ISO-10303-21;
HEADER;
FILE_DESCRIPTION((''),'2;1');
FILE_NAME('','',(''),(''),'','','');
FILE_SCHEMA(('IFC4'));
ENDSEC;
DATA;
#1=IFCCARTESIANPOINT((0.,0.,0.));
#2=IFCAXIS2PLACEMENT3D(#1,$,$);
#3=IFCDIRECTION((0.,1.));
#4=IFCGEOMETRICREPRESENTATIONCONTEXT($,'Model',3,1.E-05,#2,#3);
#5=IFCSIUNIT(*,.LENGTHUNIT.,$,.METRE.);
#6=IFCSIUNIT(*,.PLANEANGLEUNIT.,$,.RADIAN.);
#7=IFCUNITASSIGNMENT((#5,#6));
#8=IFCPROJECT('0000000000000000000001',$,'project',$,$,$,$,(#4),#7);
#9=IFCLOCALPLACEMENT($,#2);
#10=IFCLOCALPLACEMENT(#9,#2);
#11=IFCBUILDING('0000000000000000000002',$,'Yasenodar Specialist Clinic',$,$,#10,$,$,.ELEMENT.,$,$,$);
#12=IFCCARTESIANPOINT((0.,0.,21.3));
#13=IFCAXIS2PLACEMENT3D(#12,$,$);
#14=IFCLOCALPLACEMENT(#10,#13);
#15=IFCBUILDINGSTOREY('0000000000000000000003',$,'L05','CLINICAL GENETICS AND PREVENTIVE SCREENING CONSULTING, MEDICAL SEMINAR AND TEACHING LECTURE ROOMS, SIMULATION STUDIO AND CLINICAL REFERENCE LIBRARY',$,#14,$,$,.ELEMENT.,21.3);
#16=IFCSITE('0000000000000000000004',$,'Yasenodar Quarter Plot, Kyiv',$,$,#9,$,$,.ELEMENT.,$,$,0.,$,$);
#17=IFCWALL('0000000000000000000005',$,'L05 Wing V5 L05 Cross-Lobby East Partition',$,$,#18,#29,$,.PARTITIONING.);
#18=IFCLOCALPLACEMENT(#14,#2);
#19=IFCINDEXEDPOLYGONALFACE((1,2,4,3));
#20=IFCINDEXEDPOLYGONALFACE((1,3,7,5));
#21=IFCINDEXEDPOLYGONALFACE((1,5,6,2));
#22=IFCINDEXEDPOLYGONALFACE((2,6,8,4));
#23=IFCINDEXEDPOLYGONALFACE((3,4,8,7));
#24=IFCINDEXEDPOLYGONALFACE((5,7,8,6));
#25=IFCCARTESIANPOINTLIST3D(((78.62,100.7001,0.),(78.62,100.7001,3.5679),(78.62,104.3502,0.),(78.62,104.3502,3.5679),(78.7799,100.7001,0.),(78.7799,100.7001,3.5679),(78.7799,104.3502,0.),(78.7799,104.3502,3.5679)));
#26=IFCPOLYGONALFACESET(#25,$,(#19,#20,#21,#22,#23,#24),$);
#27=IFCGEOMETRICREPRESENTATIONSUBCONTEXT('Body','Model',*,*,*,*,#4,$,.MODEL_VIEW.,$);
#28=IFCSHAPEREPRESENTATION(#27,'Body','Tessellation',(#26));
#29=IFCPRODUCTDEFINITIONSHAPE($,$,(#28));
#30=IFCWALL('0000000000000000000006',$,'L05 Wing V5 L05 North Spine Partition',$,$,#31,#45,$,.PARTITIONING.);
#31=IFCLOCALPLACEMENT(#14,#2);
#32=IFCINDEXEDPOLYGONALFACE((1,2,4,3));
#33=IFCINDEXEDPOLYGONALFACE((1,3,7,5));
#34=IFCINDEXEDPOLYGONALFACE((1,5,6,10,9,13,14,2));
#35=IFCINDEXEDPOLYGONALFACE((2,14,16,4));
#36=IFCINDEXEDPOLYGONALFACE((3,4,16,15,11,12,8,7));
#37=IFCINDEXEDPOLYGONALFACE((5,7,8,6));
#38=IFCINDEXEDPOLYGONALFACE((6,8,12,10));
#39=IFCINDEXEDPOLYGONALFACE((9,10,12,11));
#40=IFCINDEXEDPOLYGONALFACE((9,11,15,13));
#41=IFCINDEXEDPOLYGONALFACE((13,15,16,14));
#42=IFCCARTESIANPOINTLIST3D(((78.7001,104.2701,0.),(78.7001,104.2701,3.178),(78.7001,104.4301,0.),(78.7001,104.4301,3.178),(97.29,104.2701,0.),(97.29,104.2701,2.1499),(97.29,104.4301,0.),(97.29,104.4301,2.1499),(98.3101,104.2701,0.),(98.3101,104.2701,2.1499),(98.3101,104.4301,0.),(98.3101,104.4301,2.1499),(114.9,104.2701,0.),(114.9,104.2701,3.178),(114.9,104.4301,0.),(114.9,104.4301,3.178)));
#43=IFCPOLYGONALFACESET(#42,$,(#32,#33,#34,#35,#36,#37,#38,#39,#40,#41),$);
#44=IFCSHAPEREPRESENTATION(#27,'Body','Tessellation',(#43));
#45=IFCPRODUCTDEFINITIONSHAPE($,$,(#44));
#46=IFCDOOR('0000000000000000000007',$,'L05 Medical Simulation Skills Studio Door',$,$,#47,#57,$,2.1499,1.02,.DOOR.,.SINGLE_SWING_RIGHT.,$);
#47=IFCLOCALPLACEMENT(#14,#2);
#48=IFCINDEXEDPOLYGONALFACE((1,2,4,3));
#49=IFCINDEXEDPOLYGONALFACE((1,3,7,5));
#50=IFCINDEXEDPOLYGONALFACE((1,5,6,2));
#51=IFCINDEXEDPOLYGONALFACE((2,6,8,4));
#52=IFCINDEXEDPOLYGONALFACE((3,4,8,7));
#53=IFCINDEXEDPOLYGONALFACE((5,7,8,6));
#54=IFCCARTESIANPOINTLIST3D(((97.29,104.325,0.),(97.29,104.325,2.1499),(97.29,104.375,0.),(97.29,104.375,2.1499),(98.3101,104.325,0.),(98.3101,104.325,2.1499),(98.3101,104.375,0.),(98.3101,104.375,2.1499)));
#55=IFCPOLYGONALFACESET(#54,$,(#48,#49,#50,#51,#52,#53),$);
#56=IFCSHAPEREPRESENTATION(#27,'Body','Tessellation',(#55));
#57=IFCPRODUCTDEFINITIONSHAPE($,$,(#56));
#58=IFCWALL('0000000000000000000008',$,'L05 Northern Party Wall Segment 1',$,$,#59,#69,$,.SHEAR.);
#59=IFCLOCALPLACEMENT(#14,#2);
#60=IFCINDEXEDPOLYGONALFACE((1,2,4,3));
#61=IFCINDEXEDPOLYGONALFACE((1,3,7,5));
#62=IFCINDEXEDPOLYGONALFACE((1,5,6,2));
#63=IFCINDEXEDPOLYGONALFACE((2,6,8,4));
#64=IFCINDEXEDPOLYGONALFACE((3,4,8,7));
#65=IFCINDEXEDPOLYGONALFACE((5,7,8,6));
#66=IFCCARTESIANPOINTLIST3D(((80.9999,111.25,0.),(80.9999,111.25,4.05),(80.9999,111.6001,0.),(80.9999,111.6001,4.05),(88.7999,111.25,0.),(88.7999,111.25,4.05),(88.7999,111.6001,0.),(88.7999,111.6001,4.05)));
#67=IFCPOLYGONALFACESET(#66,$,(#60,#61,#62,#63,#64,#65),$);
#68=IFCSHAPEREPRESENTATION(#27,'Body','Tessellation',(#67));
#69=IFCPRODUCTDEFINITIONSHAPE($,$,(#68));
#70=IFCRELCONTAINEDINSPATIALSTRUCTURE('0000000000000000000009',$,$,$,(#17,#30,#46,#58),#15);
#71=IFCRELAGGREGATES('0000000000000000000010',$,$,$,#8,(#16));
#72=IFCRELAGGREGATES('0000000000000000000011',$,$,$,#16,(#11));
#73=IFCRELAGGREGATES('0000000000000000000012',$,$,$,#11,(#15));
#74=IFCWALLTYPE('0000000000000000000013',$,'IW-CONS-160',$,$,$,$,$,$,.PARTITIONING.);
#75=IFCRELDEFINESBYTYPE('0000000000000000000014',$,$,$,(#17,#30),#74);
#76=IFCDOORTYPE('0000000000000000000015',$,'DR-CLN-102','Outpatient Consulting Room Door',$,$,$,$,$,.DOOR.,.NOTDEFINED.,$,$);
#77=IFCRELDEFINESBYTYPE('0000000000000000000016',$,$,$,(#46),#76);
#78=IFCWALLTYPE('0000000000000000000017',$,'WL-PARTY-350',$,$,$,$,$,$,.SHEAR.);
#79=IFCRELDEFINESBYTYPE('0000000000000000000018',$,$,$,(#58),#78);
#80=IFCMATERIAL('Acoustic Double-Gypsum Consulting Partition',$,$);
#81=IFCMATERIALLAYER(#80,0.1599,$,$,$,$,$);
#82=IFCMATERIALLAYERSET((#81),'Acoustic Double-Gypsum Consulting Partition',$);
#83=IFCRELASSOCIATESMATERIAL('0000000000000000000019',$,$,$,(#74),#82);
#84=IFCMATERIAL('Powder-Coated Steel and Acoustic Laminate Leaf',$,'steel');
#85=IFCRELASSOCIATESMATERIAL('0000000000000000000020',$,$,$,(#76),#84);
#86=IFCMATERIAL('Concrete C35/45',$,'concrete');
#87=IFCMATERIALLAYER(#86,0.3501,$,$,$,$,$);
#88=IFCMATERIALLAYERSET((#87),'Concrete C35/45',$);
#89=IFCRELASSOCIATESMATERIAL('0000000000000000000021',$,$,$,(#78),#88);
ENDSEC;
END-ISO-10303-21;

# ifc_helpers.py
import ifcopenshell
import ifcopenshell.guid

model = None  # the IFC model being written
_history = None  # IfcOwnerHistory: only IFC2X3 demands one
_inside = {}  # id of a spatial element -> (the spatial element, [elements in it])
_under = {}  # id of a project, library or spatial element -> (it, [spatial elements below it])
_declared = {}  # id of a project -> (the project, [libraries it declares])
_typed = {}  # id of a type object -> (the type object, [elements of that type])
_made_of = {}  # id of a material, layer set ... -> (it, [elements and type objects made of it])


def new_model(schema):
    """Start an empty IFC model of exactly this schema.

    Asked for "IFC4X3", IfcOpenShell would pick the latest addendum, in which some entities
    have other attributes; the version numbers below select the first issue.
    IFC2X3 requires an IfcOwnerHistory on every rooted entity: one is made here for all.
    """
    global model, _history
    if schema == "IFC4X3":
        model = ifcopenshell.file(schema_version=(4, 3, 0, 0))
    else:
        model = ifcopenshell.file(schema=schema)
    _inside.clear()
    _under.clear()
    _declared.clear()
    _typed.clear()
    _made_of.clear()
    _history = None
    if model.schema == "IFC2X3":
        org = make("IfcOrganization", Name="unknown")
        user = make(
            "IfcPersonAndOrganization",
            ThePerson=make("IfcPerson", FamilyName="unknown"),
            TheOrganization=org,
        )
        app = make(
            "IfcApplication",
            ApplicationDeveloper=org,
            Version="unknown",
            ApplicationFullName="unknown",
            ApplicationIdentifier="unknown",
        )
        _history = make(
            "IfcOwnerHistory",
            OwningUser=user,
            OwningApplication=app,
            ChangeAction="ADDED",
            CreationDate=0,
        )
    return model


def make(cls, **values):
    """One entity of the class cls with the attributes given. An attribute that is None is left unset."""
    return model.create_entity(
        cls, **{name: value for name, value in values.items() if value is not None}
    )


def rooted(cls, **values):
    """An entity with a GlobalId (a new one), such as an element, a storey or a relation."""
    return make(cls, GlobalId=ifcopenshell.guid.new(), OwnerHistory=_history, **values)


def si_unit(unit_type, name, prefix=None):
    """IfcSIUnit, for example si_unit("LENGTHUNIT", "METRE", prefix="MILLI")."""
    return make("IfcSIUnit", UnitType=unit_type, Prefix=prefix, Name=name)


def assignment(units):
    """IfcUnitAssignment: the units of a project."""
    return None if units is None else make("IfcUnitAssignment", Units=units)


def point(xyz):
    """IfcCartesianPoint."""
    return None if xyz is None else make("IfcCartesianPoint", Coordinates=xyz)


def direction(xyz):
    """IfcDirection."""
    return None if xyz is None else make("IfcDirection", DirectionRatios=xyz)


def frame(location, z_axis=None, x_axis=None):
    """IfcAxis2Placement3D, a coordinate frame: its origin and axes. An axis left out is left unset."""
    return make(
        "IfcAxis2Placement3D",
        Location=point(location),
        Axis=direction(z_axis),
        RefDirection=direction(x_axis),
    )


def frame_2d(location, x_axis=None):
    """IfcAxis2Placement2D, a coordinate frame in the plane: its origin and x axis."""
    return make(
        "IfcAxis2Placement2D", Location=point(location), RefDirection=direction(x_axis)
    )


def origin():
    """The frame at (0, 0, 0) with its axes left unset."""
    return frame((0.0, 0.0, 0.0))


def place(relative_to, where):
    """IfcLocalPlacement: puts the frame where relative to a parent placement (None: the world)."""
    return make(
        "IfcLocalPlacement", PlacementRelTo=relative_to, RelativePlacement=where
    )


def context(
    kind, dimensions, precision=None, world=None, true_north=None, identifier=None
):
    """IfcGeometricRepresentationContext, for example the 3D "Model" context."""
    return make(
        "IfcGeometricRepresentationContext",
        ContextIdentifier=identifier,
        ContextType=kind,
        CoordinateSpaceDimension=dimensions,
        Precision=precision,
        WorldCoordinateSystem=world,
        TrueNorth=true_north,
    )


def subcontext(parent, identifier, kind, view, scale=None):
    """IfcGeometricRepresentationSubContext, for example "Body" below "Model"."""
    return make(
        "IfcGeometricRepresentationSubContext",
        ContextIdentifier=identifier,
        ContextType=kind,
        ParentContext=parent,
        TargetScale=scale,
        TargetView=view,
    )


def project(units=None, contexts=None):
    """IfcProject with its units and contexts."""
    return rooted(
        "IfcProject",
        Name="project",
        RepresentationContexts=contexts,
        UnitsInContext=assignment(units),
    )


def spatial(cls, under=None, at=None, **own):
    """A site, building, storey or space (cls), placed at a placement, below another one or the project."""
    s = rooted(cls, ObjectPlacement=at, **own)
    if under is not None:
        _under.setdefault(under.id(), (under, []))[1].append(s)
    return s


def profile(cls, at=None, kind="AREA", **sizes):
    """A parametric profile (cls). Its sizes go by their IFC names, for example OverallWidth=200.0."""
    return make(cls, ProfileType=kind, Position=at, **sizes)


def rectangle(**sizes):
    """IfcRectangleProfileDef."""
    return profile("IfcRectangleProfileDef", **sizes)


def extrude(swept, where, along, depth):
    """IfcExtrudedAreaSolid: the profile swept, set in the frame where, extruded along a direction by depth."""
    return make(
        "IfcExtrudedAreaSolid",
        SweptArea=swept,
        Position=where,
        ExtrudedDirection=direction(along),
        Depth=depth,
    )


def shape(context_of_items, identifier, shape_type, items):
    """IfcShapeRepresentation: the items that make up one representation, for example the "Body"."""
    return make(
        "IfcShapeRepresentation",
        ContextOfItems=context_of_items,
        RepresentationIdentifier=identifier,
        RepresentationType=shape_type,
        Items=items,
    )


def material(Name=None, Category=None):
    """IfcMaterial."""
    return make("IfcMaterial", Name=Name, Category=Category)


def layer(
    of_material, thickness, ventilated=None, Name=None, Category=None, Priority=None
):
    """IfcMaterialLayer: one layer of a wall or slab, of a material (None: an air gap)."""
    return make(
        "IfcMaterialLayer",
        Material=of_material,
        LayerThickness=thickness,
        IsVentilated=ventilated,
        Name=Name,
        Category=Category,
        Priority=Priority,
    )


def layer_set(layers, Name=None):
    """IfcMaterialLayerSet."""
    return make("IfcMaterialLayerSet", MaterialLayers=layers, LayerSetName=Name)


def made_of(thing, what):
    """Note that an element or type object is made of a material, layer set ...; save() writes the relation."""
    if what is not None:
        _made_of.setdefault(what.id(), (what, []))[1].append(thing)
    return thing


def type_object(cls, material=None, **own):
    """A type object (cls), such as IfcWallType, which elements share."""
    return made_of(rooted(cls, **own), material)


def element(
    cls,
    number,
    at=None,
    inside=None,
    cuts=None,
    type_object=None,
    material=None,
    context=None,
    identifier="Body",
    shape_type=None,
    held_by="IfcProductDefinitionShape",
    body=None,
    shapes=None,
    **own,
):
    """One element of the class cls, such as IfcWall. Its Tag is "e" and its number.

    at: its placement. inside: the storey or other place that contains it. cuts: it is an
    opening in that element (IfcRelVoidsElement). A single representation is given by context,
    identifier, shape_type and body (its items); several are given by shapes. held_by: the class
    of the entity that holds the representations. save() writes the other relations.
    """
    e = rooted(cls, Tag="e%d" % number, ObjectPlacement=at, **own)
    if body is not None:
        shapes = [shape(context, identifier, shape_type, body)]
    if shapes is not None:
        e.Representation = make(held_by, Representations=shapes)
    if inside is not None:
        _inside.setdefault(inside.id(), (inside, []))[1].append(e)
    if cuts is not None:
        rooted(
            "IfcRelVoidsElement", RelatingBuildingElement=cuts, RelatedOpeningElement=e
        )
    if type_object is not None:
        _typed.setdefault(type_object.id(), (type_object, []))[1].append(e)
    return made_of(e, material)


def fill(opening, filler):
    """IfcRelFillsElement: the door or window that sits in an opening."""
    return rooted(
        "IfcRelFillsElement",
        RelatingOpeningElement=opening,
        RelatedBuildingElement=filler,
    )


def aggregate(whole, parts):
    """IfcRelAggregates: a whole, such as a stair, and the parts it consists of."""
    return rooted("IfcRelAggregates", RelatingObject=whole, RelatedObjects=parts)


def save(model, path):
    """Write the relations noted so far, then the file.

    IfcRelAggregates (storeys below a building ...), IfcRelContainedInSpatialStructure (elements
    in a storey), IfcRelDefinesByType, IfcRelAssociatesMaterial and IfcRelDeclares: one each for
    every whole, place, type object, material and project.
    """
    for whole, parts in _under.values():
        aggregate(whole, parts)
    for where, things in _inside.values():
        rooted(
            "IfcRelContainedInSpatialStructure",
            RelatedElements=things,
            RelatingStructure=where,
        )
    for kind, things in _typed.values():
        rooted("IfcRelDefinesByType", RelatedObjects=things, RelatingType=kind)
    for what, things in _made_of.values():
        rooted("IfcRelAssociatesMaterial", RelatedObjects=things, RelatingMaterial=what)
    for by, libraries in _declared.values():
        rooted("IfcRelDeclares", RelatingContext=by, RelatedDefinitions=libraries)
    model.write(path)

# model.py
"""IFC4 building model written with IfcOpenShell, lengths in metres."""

from ifc_helpers import new_model, si_unit, direction, frame, frame_2d, origin, place, context, subcontext, project, spatial, rectangle, extrude, material, layer, layer_set, type_object, element, fill, save


model = new_model("IFC4")

# Units and contexts
model_context = context("Model", 3, precision=1e-05, world=origin(), true_north=direction((0.0, 1.0)))
body_context = subcontext(model_context, "Body", "Model", "MODEL_VIEW")
ifc_project = project(units=[si_unit("LENGTHUNIT", "METRE"), si_unit("PLANEANGLEUNIT", "RADIAN")], contexts=[model_context])

# Site, building, storey
site_placement = place(None, origin())
site = spatial("IfcSite", under=ifc_project, at=site_placement, Name="Yasenodar Quarter Plot, Kyiv", CompositionType="ELEMENT", RefElevation=0.0)
building_placement = place(site_placement, origin())
building = spatial("IfcBuilding", under=site, at=building_placement, Name="Yasenodar Specialist Clinic", CompositionType="ELEMENT")
storey_placement = place(building_placement, frame((0.0, 0.0, 21.3)))
storey = spatial("IfcBuildingStorey", under=building, at=storey_placement, Name="L05", Description="CLINICAL GENETICS AND PREVENTIVE SCREENING CONSULTING, MEDICAL SEMINAR AND TEACHING LECTURE ROOMS, SIMULATION STUDIO AND CLINICAL REFERENCE LIBRARY", CompositionType="ELEMENT", Elevation=21.3)

# Shared definitions
ifc_material_1 = material(Name="Acoustic Double-Gypsum Consulting Partition")
ifc_layer_1 = layer(ifc_material_1, 0.1599)
ifc_layer_set_1 = layer_set([ifc_layer_1], Name="Acoustic Double-Gypsum Consulting Partition")
wall_type_1 = type_object("IfcWallType", Name="IW-CONS-160", PredefinedType="PARTITIONING", material=ifc_layer_set_1)
ifc_material_2 = material(Name="Powder-Coated Steel and Acoustic Laminate Leaf", Category="steel")

# Wall
wall_1_placement = place(storey_placement, frame((78.7, 100.7, 0.0), z_axis=(0.0, 0.0, 1.0), x_axis=(0.0, 1.0, 0.0)))
element("IfcWall", 1, at=wall_1_placement, inside=storey, type_object=wall_type_1, Name="L05 Wing V5 L05 Cross-Lobby East Partition", PredefinedType="PARTITIONING", context=body_context, shape_type="SweptSolid", body=[
    extrude(rectangle(XDim=3.6501, YDim=0.1599, at=frame_2d((1.8252, 0.0))), origin(), (0.0, 0.0, 1.0), 3.5679),
])

# Wall, opening, door
wall_2_placement = place(storey_placement, frame((78.7, 104.3501, 0.0), z_axis=(0.0, 0.0, 1.0), x_axis=(1.0, 0.0, 0.0)))
wall_2 = element("IfcWall", 2, at=wall_2_placement, inside=storey, type_object=wall_type_1, Name="L05 Wing V5 L05 North Spine Partition", PredefinedType="PARTITIONING", context=body_context, shape_type="SweptSolid", body=[
    extrude(rectangle(XDim=36.2, YDim=0.1599, at=frame_2d((18.1001, 0.0))), origin(), (0.0, 0.0, 1.0), 3.178),
])
opening_1_placement = place(wall_2_placement, frame((18.5901, 0.0, 0.0)))
opening_1 = element("IfcOpeningElement", 3, at=opening_1_placement, cuts=wall_2, PredefinedType="OPENING", context=body_context, shape_type="SweptSolid", body=[
    extrude(rectangle(XDim=1.02, YDim=2.1499, at=frame_2d((0.51, 1.075))), frame((0.0, 0.0898, 0.0), z_axis=(0.0, -1.0, 0.0), x_axis=(1.0, 0.0, 0.0)), (0.0, 0.0, 1.0), 0.1799),
])
door_type_1 = type_object("IfcDoorType", Name="DR-CLN-102", Description="Outpatient Consulting Room Door", OperationType="NOTDEFINED", PredefinedType="DOOR", material=ifc_material_2)
door_1_placement = place(opening_1_placement, origin())
door_1 = element("IfcDoor", 4, at=door_1_placement, inside=storey, type_object=door_type_1, Name="L05 Medical Simulation Skills Studio Door", OperationType="SINGLE_SWING_RIGHT", OverallHeight=2.1499, OverallWidth=1.02, PredefinedType="DOOR", context=body_context, shape_type="SweptSolid", body=[
    extrude(rectangle(XDim=1.02, YDim=2.1499, at=frame_2d((0.51, 1.075))), frame((0.0, 0.0249, 0.0), z_axis=(0.0, -1.0, 0.0), x_axis=(1.0, 0.0, 0.0)), (0.0, 0.0, 1.0), 0.05),
])
fill(opening_1, door_1)

# Wall
ifc_material_3 = material(Name="Concrete C35/45", Category="concrete")
ifc_layer_2 = layer(ifc_material_3, 0.3501)
ifc_layer_set_2 = layer_set([ifc_layer_2], Name="Concrete C35/45")
wall_type_2 = type_object("IfcWallType", Name="WL-PARTY-350", PredefinedType="SHEAR", material=ifc_layer_set_2)
wall_3_placement = place(storey_placement, frame((81.0, 111.425, 0.0), z_axis=(0.0, 0.0, 1.0), x_axis=(1.0, 0.0, 0.0)))
element("IfcWall", 5, at=wall_3_placement, inside=storey, type_object=wall_type_2, Name="L05 Northern Party Wall Segment 1", PredefinedType="SHEAR", context=body_context, shape_type="SweptSolid", body=[
    extrude(rectangle(XDim=7.8, YDim=0.3501, at=frame_2d((3.8999, 0.0))), origin(), (0.0, 0.0, 1.0), 4.05),
])

save(model, "model.ifc")
